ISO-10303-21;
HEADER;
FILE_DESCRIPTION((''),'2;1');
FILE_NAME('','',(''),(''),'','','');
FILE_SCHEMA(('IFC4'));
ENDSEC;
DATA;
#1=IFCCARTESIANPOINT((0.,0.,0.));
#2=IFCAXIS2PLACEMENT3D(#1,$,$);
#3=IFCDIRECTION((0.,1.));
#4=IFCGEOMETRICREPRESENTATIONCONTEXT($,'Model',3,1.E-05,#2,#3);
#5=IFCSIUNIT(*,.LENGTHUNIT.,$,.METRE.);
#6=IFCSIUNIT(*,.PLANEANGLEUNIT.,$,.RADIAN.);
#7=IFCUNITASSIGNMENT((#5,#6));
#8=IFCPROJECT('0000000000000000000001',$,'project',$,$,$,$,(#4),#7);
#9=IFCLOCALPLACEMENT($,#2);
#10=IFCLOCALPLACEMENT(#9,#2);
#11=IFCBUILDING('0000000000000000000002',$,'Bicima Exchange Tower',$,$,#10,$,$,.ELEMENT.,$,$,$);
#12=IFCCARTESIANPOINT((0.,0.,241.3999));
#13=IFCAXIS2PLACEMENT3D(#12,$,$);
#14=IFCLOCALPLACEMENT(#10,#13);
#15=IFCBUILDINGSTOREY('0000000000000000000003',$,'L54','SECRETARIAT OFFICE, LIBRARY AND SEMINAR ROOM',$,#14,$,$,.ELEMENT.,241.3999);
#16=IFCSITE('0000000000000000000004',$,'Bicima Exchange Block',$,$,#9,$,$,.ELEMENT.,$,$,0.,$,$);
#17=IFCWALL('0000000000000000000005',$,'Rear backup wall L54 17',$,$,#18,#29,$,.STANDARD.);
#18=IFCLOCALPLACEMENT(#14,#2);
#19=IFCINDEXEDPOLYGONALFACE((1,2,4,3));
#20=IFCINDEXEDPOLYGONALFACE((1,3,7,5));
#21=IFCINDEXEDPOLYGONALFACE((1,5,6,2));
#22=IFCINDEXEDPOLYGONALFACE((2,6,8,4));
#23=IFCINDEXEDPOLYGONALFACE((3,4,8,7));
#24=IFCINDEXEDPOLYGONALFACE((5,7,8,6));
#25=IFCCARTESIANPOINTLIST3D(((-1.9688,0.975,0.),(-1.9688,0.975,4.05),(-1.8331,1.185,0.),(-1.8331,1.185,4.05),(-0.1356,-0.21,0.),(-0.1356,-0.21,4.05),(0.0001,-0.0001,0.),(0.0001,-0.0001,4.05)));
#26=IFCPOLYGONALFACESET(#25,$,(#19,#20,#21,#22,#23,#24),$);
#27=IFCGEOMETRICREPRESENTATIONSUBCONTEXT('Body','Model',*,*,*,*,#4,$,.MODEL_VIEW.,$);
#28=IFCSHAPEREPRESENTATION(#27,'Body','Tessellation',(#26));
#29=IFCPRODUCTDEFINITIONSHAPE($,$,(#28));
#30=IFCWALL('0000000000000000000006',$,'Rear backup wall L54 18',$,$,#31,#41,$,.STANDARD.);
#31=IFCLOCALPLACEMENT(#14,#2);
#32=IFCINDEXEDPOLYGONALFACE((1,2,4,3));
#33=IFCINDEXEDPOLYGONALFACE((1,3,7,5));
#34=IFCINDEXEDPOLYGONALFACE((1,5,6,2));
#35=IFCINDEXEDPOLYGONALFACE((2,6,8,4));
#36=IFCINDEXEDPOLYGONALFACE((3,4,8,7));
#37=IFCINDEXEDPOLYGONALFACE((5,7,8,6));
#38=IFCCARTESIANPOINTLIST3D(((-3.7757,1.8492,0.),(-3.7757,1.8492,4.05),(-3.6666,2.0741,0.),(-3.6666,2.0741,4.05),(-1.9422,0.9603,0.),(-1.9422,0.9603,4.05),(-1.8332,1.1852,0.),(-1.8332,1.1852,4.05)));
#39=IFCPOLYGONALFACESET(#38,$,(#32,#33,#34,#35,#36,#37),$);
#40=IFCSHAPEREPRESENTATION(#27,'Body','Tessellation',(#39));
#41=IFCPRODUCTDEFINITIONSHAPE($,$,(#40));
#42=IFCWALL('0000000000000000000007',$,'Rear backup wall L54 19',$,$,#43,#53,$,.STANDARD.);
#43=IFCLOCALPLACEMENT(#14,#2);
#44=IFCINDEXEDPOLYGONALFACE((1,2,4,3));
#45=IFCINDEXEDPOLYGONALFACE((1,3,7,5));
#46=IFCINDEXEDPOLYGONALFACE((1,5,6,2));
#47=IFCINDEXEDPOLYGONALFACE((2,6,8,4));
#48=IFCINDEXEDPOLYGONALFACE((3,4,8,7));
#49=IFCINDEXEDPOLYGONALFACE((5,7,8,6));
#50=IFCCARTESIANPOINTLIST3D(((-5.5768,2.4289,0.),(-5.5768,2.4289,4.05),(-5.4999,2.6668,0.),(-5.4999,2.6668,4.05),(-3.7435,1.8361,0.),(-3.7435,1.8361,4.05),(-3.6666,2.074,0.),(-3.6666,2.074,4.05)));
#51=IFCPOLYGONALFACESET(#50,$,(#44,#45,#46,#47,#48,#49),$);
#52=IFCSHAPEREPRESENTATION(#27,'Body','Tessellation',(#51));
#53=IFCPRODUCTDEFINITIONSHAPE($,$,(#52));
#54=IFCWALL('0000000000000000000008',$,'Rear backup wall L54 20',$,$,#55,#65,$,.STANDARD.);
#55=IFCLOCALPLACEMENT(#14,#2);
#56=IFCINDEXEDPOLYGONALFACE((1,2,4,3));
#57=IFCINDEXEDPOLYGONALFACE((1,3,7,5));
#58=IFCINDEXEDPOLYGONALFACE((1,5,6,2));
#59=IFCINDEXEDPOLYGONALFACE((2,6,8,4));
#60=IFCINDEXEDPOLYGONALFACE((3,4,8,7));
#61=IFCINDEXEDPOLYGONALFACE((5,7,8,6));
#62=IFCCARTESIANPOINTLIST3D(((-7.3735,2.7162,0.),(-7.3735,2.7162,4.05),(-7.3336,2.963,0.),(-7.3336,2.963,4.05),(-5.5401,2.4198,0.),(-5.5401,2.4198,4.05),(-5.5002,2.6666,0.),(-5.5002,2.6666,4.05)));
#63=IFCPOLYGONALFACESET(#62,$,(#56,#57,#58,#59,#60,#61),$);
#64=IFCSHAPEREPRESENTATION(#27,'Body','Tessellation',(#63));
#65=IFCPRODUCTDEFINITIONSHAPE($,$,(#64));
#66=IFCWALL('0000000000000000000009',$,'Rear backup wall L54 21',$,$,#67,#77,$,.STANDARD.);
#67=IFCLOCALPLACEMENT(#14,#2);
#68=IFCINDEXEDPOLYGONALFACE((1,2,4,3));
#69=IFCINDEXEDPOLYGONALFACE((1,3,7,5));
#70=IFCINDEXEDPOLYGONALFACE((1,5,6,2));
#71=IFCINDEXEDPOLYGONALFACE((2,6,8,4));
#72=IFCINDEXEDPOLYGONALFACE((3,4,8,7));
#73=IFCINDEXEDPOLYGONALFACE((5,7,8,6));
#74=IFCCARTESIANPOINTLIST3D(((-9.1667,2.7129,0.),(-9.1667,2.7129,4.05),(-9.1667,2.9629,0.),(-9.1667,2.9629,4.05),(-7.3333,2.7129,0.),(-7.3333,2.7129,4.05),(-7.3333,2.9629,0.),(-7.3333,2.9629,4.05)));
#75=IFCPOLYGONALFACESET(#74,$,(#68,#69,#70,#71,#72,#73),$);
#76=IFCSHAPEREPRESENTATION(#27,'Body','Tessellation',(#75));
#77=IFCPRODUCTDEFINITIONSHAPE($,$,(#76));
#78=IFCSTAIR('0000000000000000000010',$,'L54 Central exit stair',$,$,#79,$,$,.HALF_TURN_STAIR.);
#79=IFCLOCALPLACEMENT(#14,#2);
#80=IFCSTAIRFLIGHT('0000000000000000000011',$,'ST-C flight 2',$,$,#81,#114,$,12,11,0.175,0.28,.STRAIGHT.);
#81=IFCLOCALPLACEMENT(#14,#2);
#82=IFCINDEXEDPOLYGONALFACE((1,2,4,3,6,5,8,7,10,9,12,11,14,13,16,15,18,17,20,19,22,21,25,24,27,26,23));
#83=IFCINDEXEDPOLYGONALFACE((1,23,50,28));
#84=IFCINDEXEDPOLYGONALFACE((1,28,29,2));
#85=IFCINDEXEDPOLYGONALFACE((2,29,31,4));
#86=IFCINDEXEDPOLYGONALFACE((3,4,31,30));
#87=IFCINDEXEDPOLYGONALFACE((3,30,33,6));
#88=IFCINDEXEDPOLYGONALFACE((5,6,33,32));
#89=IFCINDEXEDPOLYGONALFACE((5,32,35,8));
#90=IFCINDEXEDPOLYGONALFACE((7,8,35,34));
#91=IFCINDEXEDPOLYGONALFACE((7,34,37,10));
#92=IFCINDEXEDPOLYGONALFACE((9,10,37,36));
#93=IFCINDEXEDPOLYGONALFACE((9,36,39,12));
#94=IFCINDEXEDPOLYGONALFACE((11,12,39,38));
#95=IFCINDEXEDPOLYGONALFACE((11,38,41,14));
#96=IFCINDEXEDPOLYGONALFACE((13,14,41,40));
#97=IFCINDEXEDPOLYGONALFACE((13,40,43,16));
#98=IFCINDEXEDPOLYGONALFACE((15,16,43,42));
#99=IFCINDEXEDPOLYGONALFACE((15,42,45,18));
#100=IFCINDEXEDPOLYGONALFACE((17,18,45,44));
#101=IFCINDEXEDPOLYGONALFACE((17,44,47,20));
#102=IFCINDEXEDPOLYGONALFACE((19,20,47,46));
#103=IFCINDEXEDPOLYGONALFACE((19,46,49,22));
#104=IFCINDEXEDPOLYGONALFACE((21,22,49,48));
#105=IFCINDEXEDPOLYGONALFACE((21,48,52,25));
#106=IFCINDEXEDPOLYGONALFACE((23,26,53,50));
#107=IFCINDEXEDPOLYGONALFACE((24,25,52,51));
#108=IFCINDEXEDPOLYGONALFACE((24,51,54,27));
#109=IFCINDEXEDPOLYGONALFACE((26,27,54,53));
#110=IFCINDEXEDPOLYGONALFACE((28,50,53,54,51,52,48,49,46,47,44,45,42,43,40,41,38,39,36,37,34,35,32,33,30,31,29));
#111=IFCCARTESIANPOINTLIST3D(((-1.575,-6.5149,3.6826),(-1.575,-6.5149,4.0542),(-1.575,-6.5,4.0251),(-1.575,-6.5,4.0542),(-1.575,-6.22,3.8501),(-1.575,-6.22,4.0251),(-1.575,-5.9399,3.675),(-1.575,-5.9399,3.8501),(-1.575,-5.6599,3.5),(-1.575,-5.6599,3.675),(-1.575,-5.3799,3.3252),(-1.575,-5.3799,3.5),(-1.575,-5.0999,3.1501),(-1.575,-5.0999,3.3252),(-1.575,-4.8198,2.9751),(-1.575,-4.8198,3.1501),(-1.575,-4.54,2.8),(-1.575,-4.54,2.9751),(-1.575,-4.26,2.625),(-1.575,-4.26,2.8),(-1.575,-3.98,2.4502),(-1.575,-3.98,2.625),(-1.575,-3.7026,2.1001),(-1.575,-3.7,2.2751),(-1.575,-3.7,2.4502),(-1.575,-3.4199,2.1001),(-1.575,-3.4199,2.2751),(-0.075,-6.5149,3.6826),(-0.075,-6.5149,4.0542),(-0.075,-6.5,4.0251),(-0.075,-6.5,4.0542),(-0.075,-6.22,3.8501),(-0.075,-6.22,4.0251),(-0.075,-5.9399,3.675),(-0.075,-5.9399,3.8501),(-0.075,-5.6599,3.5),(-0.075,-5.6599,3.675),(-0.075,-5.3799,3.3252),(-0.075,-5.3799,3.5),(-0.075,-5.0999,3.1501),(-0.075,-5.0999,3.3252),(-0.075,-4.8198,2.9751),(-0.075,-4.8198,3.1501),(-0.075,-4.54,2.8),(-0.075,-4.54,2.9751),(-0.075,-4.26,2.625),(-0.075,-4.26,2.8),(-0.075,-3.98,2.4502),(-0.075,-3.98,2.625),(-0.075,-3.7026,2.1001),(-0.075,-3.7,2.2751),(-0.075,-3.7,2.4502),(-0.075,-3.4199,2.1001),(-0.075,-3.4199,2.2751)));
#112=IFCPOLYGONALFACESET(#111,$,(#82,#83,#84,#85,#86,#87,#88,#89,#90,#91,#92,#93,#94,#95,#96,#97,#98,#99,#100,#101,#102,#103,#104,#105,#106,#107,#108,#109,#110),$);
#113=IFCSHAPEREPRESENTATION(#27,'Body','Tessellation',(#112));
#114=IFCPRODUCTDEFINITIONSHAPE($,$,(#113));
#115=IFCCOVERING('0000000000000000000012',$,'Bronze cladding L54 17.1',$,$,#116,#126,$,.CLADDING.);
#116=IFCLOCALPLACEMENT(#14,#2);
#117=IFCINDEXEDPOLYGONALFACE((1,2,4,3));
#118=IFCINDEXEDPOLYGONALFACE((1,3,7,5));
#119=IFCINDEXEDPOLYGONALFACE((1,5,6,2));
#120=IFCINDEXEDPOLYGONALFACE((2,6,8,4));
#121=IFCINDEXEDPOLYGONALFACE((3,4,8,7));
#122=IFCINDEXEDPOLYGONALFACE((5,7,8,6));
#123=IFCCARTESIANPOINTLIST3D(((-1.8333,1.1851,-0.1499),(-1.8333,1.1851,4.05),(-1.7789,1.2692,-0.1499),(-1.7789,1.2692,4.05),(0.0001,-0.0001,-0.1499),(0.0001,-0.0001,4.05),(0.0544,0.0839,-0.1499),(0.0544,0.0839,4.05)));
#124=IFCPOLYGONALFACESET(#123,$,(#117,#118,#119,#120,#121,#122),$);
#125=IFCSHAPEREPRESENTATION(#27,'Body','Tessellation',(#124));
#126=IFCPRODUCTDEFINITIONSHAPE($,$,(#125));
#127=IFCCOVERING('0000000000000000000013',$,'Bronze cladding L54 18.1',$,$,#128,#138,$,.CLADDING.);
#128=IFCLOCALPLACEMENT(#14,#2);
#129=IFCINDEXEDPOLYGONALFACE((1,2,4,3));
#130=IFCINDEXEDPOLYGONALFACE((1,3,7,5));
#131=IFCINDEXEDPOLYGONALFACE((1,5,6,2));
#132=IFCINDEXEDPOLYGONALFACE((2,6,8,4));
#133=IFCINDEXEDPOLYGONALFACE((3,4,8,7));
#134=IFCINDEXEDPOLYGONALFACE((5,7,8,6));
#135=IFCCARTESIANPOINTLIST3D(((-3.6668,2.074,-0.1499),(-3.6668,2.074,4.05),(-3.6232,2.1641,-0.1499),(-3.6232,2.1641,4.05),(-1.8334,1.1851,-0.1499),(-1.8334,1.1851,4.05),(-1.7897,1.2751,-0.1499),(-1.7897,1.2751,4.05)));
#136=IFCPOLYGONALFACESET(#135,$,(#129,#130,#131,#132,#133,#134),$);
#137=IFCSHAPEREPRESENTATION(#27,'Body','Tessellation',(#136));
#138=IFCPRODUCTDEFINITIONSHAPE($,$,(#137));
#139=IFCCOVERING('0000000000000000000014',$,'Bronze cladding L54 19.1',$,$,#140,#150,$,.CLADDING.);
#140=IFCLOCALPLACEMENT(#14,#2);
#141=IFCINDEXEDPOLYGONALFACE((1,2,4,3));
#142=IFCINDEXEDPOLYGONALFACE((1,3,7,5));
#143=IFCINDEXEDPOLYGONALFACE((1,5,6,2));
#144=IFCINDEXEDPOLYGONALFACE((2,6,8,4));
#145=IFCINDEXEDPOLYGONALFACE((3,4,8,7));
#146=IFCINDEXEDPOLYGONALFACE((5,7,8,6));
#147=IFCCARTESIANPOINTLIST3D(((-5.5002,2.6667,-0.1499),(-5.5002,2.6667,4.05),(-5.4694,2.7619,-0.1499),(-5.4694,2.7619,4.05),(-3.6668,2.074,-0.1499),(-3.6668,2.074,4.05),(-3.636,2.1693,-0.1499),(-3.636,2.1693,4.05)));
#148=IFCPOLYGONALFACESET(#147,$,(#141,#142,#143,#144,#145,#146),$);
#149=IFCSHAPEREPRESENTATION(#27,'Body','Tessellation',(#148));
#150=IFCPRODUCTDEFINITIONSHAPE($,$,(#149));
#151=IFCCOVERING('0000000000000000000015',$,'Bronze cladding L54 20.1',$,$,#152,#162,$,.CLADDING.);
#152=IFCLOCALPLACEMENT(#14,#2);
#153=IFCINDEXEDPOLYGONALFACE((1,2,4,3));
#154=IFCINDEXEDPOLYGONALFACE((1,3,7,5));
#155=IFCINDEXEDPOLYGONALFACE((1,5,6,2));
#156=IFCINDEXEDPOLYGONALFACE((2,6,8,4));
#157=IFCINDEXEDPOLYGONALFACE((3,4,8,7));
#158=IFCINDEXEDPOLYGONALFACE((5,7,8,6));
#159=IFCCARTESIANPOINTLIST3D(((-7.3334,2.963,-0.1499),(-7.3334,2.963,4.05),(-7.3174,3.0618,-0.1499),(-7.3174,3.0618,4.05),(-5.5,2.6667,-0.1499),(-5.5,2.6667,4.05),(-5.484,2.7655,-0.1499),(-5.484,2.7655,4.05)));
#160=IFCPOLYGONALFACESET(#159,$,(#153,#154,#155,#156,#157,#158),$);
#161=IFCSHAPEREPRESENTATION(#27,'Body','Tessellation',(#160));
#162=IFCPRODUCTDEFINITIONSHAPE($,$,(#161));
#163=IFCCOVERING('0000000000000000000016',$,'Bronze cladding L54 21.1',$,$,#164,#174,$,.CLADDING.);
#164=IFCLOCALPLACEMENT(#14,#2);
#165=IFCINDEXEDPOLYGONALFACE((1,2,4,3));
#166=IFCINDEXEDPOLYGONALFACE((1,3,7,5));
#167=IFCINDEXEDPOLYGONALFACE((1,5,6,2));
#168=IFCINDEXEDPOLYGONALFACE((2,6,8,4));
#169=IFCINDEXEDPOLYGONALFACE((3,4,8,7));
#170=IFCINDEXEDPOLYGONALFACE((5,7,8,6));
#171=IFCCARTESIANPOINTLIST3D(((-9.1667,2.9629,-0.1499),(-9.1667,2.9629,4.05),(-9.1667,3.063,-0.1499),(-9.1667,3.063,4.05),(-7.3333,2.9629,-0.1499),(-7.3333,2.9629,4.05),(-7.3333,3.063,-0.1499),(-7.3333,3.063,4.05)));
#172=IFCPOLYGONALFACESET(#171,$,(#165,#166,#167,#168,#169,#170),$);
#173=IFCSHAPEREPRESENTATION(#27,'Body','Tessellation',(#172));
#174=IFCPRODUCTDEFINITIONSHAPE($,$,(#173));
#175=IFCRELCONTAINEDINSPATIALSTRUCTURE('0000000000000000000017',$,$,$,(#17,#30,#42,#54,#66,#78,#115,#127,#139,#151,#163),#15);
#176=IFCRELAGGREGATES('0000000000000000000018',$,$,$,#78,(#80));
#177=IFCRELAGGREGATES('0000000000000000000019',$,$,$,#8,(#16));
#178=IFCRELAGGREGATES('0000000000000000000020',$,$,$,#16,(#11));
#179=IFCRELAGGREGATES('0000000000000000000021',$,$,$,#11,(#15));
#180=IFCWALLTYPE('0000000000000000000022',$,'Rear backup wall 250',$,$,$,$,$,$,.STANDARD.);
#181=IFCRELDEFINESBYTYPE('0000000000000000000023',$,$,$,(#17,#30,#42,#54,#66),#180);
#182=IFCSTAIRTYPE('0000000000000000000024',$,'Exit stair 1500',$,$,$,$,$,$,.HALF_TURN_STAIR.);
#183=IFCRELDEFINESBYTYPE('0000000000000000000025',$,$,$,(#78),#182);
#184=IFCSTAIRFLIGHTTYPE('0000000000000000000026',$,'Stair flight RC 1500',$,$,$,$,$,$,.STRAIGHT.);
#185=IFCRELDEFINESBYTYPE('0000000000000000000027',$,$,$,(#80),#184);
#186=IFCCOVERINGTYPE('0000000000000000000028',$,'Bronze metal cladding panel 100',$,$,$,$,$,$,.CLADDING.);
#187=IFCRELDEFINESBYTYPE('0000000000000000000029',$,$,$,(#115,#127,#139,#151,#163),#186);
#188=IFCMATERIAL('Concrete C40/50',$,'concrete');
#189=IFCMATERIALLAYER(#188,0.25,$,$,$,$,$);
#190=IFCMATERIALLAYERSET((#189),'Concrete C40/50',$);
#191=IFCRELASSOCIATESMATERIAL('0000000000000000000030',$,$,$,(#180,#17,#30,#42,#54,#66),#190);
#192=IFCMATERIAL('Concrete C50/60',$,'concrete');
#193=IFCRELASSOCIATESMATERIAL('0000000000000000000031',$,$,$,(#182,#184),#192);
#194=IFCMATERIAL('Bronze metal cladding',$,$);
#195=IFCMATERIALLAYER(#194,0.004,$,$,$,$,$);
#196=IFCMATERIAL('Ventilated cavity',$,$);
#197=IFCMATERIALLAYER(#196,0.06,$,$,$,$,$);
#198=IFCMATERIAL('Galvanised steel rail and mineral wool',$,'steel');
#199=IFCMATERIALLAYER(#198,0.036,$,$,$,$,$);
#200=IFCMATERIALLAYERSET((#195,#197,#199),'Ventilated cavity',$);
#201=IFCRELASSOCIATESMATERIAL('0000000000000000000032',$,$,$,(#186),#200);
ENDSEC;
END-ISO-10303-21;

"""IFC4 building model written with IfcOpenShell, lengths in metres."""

from ifc_helpers import new_model, si_unit, direction, frame, frame_2d, origin, origin_2d, place, context, subcontext, project, spatial, polyline, rectangle, outline, extrude, material, layer, layer_set, layer_usage, type_object, element, aggregate, save


model = new_model("IFC4")

# Units and contexts
model_context = context("Model", 3, precision=1e-05, world=origin(), true_north=direction((0.0, 1.0)))
body_context = subcontext(model_context, "Body", "Model", "MODEL_VIEW")
ifc_project = project(units=[si_unit("LENGTHUNIT", "METRE"), si_unit("PLANEANGLEUNIT", "RADIAN")], contexts=[model_context])

# Site, building, storey
site_placement = place(None, origin())
site = spatial("IfcSite", under=ifc_project, at=site_placement, Name="Bicima Exchange Block", CompositionType="ELEMENT", RefElevation=0.0)
building_placement = place(site_placement, origin())
building = spatial("IfcBuilding", under=site, at=building_placement, Name="Bicima Exchange Tower", CompositionType="ELEMENT")
storey_placement = place(building_placement, frame((0.0, 0.0, 241.3999)))
storey = spatial("IfcBuildingStorey", under=building, at=storey_placement, Name="L54", Description="SECRETARIAT OFFICE, LIBRARY AND SEMINAR ROOM", CompositionType="ELEMENT", Elevation=241.3999)

# Shared definitions
ifc_material_1 = material(Name="Concrete C40/50", Category="concrete")

# Shared definitions
ifc_material_2 = material(Name="Concrete C50/60", Category="concrete")

# Walls
ifc_layer_1 = layer(ifc_material_1, 0.25)
ifc_layer_set_1 = layer_set([ifc_layer_1], Name="Concrete C40/50")
ifc_layer_usage = layer_usage(ifc_layer_set_1, "AXIS2", "POSITIVE", -0.125)
wall_type_1 = type_object("IfcWallType", Name="Rear backup wall 250", PredefinedType="STANDARD", material=ifc_layer_set_1)
wall_1_placement = place(storey_placement, frame((-0.0679, -0.105, 0.0), z_axis=(0.0, 0.0, 1.0), x_axis=(-0.839813, 0.542876, 0.0)))
element("IfcWall", 1, at=wall_1_placement, inside=storey, type_object=wall_type_1, material=ifc_layer_usage, Name="Rear backup wall L54 17", PredefinedType="STANDARD", context=body_context, shape_type="SweptSolid", body=[
    extrude(rectangle(XDim=2.1829, YDim=0.25, at=frame_2d((1.0913, 0.0))), origin(), (0.0, 0.0, 1.0), 4.05),
])
wall_2_placement = place(storey_placement, frame((-1.8877, 1.0728, 0.0), z_axis=(0.0, 0.0, 1.0), x_axis=(-0.899824, 0.436253, 0.0)))
element("IfcWall", 2, at=wall_2_placement, inside=storey, type_object=wall_type_1, material=ifc_layer_usage, Name="Rear backup wall L54 18", PredefinedType="STANDARD", context=body_context, shape_type="SweptSolid", body=[
    extrude(rectangle(XDim=2.0376, YDim=0.25, at=frame_2d((1.0188, 0.0))), origin(), (0.0, 0.0, 1.0), 4.05),
])
wall_3_placement = place(storey_placement, frame((-3.7051, 1.9551, 0.0), z_axis=(0.0, 0.0, 1.0), x_axis=(-0.951496, 0.307662, 0.0)))
element("IfcWall", 3, at=wall_3_placement, inside=storey, type_object=wall_type_1, material=ifc_layer_usage, Name="Rear backup wall L54 19", PredefinedType="STANDARD", context=body_context, shape_type="SweptSolid", body=[
    extrude(rectangle(XDim=1.9268, YDim=0.25, at=frame_2d((0.9634, 0.0))), origin(), (0.0, 0.0, 1.0), 4.05),
])
wall_4_placement = place(storey_placement, frame((-5.52, 2.5432, 0.0), z_axis=(0.0, 0.0, 1.0), x_axis=(-0.987182, 0.1596, 0.0)))
element("IfcWall", 4, at=wall_4_placement, inside=storey, type_object=wall_type_1, material=ifc_layer_usage, Name="Rear backup wall L54 20", PredefinedType="STANDARD", context=body_context, shape_type="SweptSolid", body=[
    extrude(rectangle(XDim=1.8572, YDim=0.25, at=frame_2d((0.9287, 0.0))), origin(), (0.0, 0.0, 1.0), 4.05),
])
wall_5_placement = place(storey_placement, frame((-7.3333, 2.8379, 0.0), z_axis=(0.0, 0.0, 1.0), x_axis=(-1.0, 0.0, 0.0)))
element("IfcWall", 5, at=wall_5_placement, inside=storey, type_object=wall_type_1, material=ifc_layer_usage, Name="Rear backup wall L54 21", PredefinedType="STANDARD", context=body_context, shape_type="SweptSolid", body=[
    extrude(rectangle(XDim=1.8335, YDim=0.25, at=frame_2d((0.9167, 0.0))), origin(), (0.0, 0.0, 1.0), 4.05),
])

# Stair, stair flight
stair_type = type_object("IfcStairType", Name="Exit stair 1500", PredefinedType="HALF_TURN_STAIR", material=ifc_material_2)
stair_placement = place(storey_placement, origin())
stair = element("IfcStair", 6, at=stair_placement, inside=storey, type_object=stair_type, Name="L54 Central exit stair", PredefinedType="HALF_TURN_STAIR")
stair_flight_type = type_object("IfcStairFlightType", Name="Stair flight RC 1500", PredefinedType="STRAIGHT", material=ifc_material_2)
stair_flight_placement = place(storey_placement, frame((-0.825, -3.4199, 2.1001), z_axis=(0.0, 0.0, 1.0), x_axis=(0.0, -1.0, 0.0)))
stair_flight = element("IfcStairFlight", 7, at=stair_flight_placement, type_object=stair_flight_type, Name="ST-C flight 2", NumberOfRisers=12, NumberOfTreads=11, PredefinedType="STRAIGHT", RiserHeight=0.175, TreadLength=0.28, context=body_context, shape_type="SweptSolid", body=[
    extrude(outline(polyline([(0.0, 0.0), (0.0, 0.175), (0.28, 0.175), (0.28, 0.3501), (0.5601, 0.3501), (0.5601, 0.5249), (0.8401, 0.5249), (0.8401, 0.7), (1.1201, 0.7), (1.1201, 0.875), (1.3999, 0.875), (1.3999, 1.05), (1.6799, 1.05), (1.6799, 1.2251), (1.96, 1.2251), (1.96, 1.3999), (2.24, 1.3999), (2.24, 1.575), (2.52, 1.575), (2.52, 1.75), (2.8, 1.75), (2.8, 1.925), (3.0801, 1.925), (3.0801, 1.9541), (3.095, 1.9541), (3.095, 1.5825), (0.2827, 0.0), (0.0, 0.0)])), frame((0.0, 0.75, 0.0), z_axis=(0.0, -1.0, 0.0), x_axis=(1.0, 0.0, 0.0)), (0.0, 0.0, 1.0), 1.5),
])
aggregate(stair, [stair_flight])

# Coverings
ifc_material_3 = material(Name="Bronze metal cladding")
ifc_layer_2 = layer(ifc_material_3, 0.004)
ifc_material_4 = material(Name="Ventilated cavity")
ifc_layer_3 = layer(ifc_material_4, 0.06)
ifc_material_5 = material(Name="Galvanised steel rail and mineral wool", Category="steel")
ifc_layer_4 = layer(ifc_material_5, 0.036)
ifc_layer_set_2 = layer_set([ifc_layer_2, ifc_layer_3, ifc_layer_4], Name="Ventilated cavity")
covering_type = type_object("IfcCoveringType", Name="Bronze metal cladding panel 100", PredefinedType="CLADDING", material=ifc_layer_set_2)
covering_1_placement = place(storey_placement, frame((-0.8894, 0.6345, -0.1499), z_axis=(0.0, 0.0, 1.0), x_axis=(-0.83979, 0.542911, 0.0)))
element("IfcCovering", 8, at=covering_1_placement, inside=storey, type_object=covering_type, Name="Bronze cladding L54 17.1", PredefinedType="CLADDING", context=body_context, shape_type="SweptSolid", body=[
    extrude(rectangle(XDim=2.1831, YDim=0.1001, at=origin_2d()), origin(), (0.0, 0.0, 1.0), 4.2),
])
covering_2_placement = place(storey_placement, frame((-2.7283, 1.6746, -0.1499), z_axis=(0.0, 0.0, 1.0), x_axis=(-0.899818, 0.436265, 0.0)))
element("IfcCovering", 9, at=covering_2_placement, inside=storey, type_object=covering_type, Name="Bronze cladding L54 18.1", PredefinedType="CLADDING", context=body_context, shape_type="SweptSolid", body=[
    extrude(rectangle(XDim=2.0376, YDim=0.1001, at=origin_2d()), origin(), (0.0, 0.0, 1.0), 4.2),
])
covering_3_placement = place(storey_placement, frame((-4.5681, 2.418, -0.1499), z_axis=(0.0, 0.0, 1.0), x_axis=(-0.951525, 0.307573, 0.0)))
element("IfcCovering", 10, at=covering_3_placement, inside=storey, type_object=covering_type, Name="Bronze cladding L54 19.1", PredefinedType="CLADDING", context=body_context, shape_type="SweptSolid", body=[
    extrude(rectangle(XDim=1.9268, YDim=0.1001, at=origin_2d()), origin(), (0.0, 0.0, 1.0), 4.2),
])
covering_4_placement = place(storey_placement, frame((-6.4087, 2.8643, -0.1499), z_axis=(0.0, 0.0, 1.0), x_axis=(-0.98719, 0.15955, 0.0)))
element("IfcCovering", 11, at=covering_4_placement, inside=storey, type_object=covering_type, Name="Bronze cladding L54 20.1", PredefinedType="CLADDING", context=body_context, shape_type="SweptSolid", body=[
    extrude(rectangle(XDim=1.8572, YDim=0.1001, at=origin_2d()), origin(), (0.0, 0.0, 1.0), 4.2),
])
covering_5_placement = place(storey_placement, frame((-8.25, 3.0129, -0.1499), z_axis=(0.0, 0.0, 1.0), x_axis=(-1.0, 0.0, 0.0)))
element("IfcCovering", 12, at=covering_5_placement, inside=storey, type_object=covering_type, Name="Bronze cladding L54 21.1", PredefinedType="CLADDING", context=body_context, shape_type="SweptSolid", body=[
    extrude(rectangle(XDim=1.8335, YDim=0.1001, at=origin_2d()), origin(), (0.0, 0.0, 1.0), 4.2),
])

save(model, "model.ifc")
